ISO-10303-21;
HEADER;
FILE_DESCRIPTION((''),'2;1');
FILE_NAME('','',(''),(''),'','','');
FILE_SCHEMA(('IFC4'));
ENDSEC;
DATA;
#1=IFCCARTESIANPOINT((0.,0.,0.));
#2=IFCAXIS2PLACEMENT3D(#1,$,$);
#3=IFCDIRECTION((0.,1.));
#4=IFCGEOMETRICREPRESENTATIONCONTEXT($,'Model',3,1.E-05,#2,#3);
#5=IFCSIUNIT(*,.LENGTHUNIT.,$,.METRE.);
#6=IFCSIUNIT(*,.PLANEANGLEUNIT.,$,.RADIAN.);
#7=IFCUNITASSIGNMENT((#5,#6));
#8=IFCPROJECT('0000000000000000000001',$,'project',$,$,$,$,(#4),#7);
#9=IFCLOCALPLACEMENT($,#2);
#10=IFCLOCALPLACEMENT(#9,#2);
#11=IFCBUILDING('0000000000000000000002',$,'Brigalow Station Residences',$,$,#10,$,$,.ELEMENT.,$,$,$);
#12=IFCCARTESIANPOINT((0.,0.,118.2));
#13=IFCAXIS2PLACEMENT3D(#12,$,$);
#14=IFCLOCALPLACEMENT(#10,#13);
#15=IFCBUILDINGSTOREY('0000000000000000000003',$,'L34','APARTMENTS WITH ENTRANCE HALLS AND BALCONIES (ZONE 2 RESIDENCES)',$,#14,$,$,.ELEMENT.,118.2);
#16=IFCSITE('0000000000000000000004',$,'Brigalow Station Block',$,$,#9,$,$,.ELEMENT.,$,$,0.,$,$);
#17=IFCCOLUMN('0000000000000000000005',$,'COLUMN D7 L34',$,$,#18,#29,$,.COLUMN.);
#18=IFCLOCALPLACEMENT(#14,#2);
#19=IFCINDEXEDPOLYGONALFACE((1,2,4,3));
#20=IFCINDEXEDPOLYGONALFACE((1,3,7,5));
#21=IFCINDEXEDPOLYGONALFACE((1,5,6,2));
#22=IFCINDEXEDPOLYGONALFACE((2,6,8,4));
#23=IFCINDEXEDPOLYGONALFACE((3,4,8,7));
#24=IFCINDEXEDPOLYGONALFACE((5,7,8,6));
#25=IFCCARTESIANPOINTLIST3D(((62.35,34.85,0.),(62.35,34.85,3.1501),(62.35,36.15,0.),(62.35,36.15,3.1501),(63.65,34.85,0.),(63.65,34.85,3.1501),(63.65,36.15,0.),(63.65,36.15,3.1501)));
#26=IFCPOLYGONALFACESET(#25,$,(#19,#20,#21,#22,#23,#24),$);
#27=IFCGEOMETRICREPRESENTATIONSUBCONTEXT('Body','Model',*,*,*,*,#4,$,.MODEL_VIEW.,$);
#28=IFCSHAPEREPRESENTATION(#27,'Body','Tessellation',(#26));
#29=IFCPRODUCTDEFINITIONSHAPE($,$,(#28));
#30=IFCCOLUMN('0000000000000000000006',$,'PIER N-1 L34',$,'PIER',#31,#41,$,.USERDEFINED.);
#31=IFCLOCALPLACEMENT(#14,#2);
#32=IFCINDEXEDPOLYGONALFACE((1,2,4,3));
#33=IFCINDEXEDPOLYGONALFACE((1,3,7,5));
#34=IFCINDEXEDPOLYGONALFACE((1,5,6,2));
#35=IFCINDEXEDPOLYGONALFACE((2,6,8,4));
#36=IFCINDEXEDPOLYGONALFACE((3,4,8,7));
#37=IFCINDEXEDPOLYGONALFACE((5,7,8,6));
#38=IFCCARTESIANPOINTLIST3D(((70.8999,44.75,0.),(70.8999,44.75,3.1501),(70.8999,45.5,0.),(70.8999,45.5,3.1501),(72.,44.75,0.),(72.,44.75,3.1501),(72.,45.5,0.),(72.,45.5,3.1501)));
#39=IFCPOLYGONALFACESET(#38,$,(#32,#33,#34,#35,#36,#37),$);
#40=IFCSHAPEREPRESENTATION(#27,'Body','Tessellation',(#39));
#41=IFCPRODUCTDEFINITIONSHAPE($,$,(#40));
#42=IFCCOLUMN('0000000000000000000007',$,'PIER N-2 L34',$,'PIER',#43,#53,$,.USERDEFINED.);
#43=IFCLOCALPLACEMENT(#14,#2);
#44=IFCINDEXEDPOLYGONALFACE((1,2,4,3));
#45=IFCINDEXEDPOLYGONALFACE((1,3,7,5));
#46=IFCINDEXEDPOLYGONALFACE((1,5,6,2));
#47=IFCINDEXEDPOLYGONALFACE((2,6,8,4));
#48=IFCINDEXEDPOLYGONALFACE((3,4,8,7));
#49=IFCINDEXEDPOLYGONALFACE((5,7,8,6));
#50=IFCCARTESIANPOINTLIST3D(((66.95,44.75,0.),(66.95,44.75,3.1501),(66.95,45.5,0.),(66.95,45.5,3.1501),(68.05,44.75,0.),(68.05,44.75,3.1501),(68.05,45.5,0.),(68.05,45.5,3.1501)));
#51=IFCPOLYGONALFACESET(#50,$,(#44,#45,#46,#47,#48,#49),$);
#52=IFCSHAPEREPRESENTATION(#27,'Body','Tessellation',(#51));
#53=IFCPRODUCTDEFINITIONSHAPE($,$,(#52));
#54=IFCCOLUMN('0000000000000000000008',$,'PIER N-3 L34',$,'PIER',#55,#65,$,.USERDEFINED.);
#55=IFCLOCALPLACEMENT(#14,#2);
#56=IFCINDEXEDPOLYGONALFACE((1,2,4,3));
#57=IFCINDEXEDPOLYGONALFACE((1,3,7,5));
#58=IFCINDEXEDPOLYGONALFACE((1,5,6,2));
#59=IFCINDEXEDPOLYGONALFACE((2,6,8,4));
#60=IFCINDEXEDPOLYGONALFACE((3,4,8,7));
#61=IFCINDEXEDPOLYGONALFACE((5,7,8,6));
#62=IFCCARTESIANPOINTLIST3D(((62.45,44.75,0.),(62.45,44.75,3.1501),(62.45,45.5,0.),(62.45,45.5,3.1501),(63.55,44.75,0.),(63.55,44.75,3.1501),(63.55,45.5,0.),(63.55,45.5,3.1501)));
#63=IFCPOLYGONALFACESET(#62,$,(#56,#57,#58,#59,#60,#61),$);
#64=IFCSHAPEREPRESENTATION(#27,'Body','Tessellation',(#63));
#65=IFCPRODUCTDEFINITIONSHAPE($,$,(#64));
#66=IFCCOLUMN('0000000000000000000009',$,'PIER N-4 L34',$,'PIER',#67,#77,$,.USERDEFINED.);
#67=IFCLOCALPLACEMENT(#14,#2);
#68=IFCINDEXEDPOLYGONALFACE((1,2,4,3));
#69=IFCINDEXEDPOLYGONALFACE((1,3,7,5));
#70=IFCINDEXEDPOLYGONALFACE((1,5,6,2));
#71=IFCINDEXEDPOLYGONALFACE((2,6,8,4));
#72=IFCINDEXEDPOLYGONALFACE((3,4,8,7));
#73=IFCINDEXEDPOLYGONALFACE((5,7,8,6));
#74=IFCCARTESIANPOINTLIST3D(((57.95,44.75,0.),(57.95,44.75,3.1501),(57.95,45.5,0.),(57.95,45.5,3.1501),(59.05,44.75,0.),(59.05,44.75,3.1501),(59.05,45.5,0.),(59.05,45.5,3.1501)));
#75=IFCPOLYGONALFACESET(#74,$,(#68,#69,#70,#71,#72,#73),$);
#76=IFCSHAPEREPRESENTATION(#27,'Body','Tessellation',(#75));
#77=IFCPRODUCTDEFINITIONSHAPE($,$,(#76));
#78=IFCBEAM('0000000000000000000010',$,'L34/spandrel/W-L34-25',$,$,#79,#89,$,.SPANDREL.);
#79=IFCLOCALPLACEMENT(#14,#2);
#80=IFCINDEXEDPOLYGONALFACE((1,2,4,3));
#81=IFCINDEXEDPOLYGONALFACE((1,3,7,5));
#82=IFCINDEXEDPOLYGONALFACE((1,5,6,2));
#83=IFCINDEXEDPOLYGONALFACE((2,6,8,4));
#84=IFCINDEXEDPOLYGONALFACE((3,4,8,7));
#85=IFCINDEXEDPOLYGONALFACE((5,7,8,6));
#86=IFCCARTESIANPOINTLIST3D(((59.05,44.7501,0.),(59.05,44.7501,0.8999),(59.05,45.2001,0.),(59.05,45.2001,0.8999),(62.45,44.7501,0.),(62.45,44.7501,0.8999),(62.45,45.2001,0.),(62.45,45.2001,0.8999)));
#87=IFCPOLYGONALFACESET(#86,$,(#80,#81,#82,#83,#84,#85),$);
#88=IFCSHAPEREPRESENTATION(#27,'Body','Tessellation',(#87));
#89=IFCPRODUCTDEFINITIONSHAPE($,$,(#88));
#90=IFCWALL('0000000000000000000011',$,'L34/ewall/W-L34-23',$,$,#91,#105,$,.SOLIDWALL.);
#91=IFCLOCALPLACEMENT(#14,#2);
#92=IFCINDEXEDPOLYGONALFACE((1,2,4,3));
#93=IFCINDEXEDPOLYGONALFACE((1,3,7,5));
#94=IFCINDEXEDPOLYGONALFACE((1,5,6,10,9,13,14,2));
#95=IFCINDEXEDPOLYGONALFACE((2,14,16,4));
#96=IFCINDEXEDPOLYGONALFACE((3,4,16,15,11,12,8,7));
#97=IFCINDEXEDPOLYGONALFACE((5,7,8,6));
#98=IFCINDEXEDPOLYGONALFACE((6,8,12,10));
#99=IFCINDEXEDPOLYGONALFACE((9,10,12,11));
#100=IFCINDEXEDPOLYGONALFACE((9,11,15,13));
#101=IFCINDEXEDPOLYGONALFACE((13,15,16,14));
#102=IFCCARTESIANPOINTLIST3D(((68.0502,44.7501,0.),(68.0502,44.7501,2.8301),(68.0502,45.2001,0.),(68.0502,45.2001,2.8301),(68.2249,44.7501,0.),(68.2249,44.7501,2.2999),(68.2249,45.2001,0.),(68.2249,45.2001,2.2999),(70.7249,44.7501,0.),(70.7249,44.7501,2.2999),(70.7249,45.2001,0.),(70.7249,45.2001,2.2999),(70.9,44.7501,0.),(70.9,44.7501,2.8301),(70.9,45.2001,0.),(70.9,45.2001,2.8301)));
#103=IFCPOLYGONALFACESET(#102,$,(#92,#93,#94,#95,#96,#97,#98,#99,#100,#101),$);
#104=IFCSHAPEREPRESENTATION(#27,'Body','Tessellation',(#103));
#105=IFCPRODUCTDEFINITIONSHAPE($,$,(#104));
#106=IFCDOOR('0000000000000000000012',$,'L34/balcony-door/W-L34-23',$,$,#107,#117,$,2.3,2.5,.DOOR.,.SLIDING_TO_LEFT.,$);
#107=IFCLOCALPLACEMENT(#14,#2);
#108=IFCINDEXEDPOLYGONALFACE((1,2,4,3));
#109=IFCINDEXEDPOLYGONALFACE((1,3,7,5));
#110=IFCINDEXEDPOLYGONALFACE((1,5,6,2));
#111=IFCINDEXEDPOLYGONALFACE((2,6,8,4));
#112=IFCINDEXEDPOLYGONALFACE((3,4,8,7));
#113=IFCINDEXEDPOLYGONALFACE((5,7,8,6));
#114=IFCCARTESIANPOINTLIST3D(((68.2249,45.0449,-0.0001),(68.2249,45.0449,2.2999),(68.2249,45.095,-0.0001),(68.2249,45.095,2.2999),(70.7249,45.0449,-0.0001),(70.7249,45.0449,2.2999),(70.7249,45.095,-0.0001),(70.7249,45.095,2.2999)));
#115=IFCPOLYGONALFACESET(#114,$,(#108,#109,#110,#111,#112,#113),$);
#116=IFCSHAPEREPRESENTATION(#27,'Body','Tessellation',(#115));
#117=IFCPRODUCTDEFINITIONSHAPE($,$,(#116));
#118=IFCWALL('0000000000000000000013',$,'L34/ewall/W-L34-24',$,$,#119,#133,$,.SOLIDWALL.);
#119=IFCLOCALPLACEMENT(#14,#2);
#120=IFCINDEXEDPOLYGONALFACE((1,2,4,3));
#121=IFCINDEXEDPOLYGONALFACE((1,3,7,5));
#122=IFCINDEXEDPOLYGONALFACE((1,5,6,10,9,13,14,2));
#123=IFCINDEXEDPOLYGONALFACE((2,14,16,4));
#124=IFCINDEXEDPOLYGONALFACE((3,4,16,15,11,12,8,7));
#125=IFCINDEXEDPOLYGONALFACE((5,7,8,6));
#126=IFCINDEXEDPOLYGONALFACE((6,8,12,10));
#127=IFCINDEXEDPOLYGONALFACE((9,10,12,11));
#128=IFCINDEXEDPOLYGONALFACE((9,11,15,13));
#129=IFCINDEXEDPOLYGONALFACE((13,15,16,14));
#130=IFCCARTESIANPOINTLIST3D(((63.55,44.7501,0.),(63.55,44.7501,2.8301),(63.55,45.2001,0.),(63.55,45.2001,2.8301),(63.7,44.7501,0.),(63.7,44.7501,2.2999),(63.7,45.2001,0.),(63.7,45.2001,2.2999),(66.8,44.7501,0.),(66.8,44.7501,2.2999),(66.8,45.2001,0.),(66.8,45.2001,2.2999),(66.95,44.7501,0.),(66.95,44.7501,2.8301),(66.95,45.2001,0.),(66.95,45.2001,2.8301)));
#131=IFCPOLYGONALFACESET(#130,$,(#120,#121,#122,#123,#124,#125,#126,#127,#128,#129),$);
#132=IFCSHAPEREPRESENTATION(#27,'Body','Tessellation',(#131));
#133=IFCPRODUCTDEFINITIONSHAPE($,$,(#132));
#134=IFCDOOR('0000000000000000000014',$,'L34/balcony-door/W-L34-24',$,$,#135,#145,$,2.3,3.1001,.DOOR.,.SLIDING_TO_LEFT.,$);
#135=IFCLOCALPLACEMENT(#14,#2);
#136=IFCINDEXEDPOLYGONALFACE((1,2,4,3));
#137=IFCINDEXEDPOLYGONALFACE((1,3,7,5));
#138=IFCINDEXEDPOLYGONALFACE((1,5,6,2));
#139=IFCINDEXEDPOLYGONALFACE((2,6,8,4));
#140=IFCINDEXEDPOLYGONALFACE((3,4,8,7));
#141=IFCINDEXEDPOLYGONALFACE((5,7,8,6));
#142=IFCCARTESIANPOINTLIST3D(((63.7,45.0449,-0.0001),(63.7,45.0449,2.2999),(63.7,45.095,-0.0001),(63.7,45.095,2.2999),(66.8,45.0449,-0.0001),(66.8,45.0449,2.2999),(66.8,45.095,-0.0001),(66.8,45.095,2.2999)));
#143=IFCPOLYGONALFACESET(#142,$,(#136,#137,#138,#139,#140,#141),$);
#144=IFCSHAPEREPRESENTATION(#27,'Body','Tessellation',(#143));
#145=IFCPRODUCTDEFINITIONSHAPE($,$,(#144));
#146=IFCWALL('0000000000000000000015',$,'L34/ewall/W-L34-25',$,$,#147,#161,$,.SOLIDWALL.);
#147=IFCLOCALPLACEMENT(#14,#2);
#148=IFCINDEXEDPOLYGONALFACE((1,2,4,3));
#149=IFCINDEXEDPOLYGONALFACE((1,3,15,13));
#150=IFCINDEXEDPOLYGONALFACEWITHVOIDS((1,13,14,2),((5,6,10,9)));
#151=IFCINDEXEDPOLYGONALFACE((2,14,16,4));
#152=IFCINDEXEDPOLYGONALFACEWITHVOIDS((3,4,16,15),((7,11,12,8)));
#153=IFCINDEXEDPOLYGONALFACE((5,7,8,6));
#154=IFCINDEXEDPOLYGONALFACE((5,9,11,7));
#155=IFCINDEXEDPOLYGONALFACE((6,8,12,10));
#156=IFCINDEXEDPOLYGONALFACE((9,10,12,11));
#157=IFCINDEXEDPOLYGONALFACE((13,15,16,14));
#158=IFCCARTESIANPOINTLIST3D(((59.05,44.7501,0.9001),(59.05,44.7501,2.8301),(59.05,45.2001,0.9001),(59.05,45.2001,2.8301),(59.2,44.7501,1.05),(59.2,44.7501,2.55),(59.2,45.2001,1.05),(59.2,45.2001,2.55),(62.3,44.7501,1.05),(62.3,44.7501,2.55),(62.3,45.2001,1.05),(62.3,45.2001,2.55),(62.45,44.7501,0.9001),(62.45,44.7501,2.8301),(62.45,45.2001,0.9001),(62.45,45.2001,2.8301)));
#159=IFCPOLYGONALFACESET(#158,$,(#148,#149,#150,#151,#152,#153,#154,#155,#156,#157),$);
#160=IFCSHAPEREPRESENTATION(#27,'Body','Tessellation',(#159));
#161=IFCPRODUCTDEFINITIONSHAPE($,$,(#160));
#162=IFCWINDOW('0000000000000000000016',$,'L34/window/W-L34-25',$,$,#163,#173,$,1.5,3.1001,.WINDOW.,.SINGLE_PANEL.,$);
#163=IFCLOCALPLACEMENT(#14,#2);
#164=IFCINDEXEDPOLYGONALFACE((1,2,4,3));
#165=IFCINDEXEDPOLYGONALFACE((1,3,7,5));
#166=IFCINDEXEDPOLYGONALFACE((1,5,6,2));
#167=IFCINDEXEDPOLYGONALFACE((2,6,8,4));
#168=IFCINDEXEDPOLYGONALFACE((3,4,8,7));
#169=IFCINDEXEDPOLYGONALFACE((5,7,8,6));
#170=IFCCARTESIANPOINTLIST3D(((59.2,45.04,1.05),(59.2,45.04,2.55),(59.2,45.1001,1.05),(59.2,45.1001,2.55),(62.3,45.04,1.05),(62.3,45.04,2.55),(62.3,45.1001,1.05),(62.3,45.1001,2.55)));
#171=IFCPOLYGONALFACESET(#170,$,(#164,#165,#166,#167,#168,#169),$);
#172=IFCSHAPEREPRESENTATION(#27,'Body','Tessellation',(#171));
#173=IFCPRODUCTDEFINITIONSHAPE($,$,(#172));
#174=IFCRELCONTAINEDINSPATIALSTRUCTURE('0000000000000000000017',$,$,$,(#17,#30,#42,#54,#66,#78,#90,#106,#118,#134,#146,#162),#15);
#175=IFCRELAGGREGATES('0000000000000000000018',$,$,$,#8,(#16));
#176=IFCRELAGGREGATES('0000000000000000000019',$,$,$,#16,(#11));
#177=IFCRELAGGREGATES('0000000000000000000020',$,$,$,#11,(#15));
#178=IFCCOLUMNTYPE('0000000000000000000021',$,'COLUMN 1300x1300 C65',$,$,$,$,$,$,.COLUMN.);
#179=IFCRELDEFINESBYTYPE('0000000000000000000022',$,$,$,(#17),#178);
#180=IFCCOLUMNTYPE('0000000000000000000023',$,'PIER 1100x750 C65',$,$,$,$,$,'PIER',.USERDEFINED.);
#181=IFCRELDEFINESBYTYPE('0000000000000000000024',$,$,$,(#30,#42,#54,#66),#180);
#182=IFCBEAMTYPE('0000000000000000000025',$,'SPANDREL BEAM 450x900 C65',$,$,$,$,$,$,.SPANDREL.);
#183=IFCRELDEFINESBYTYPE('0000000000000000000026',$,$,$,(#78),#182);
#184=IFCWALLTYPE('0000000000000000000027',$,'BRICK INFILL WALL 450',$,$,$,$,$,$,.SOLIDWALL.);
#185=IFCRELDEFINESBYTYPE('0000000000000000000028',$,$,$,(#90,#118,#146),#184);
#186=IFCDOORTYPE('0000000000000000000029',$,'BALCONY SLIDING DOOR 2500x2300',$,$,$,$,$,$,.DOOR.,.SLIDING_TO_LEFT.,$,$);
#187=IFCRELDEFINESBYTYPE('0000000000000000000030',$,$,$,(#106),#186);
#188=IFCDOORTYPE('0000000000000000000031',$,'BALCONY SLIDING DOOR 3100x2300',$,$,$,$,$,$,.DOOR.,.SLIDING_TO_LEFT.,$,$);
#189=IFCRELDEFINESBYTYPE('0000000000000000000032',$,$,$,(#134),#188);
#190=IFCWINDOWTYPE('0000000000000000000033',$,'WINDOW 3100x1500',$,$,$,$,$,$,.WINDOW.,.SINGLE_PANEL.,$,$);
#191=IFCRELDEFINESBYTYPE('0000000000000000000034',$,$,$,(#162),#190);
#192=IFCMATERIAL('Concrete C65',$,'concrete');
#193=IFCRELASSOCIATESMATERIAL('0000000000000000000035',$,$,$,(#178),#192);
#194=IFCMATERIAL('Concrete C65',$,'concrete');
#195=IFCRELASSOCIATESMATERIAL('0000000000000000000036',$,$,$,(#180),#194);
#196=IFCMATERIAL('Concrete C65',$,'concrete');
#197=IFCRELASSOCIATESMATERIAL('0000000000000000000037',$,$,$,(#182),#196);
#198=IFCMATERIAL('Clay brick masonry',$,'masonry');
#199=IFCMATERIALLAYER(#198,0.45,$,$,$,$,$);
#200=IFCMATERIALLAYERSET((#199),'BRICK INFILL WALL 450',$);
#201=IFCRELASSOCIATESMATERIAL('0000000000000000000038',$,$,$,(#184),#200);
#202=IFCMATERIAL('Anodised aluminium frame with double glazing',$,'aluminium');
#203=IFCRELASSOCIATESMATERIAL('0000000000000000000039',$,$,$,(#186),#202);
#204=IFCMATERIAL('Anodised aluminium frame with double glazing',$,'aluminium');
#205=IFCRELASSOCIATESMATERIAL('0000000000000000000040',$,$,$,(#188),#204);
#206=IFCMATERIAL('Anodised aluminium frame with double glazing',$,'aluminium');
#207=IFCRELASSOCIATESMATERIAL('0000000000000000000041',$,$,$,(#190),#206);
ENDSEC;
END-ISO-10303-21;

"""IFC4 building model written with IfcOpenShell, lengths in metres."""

from ifc_helpers import new_model, si_unit, direction, frame, frame_2d, origin, origin_2d, place, context, subcontext, project, spatial, rectangle, extrude, material, layer, layer_set, material_profile, profile_set, type_object, element, fill, save


model = new_model("IFC4")

# Units and contexts
model_context = context("Model", 3, precision=1e-05, world=origin(), true_north=direction((0.0, 1.0)))
body_context = subcontext(model_context, "Body", "Model", "MODEL_VIEW")
ifc_project = project(units=[si_unit("LENGTHUNIT", "METRE"), si_unit("PLANEANGLEUNIT", "RADIAN")], contexts=[model_context])

# Site, building, storey
site_placement = place(None, origin())
site = spatial("IfcSite", under=ifc_project, at=site_placement, Name="Brigalow Station Block", CompositionType="ELEMENT", RefElevation=0.0)
building_placement = place(site_placement, origin())
building = spatial("IfcBuilding", under=site, at=building_placement, Name="Brigalow Station Residences", CompositionType="ELEMENT")
storey_placement = place(building_placement, frame((0.0, 0.0, 118.2)))
storey = spatial("IfcBuildingStorey", under=building, at=storey_placement, Name="L34", Description="APARTMENTS WITH ENTRANCE HALLS AND BALCONIES (ZONE 2 RESIDENCES)", CompositionType="ELEMENT", Elevation=118.2)

# Columns
ifc_material_1 = material(Name="Concrete C65", Category="concrete")
ifc_material_profile_1 = material_profile(ifc_material_1, rectangle(XDim=1.3, YDim=1.3, at=origin_2d()), Name="RC1300x1300")
ifc_profile_set_1 = profile_set([ifc_material_profile_1], Name="Concrete C65")
column_type_1 = type_object("IfcColumnType", Name="COLUMN 1300x1300 C65", PredefinedType="COLUMN", material=ifc_profile_set_1)
column_placement = place(storey_placement, frame((63.0, 35.5, 0.0), z_axis=(0.0, 0.0, 1.0), x_axis=(1.0, 0.0, 0.0)))
element("IfcColumn", 1, at=column_placement, inside=storey, type_object=column_type_1, Name="COLUMN D7 L34", PredefinedType="COLUMN", context=body_context, shape_type="SweptSolid", body=[
    extrude(rectangle(XDim=1.3, YDim=1.3, at=origin_2d()), origin(), (0.0, 0.0, 1.0), 3.1501),
])
ifc_material_2 = material(Name="Concrete C65", Category="concrete")
ifc_material_profile_2 = material_profile(ifc_material_2, rectangle(XDim=1.1001, YDim=0.75, at=origin_2d()), Name="RC1100x750")
ifc_profile_set_2 = profile_set([ifc_material_profile_2], Name="Concrete C65")
column_type_2 = type_object("IfcColumnType", Name="PIER 1100x750 C65", ElementType="PIER", PredefinedType="USERDEFINED", material=ifc_profile_set_2)
for number, where, z_axis, x_axis, name in (
    (2, (71.45, 45.125, 0.0), (0.0, 0.0, 1.0), (-1.0, 0.0, 0.0), "PIER N-1 L34"),
    (3, (67.5, 45.125, 0.0), (0.0, 0.0, 1.0), (-1.0, 0.0, 0.0), "PIER N-2 L34"),
    (4, (63.0, 45.125, 0.0), (0.0, 0.0, 1.0), (-1.0, 0.0, 0.0), "PIER N-3 L34"),
    (5, (58.5, 45.125, 0.0), (0.0, 0.0, 1.0), (-1.0, 0.0, 0.0), "PIER N-4 L34"),
):
    element("IfcColumn", number, at=place(storey_placement, frame(where, z_axis=z_axis, x_axis=x_axis)), inside=storey, type_object=column_type_2, Name=name, ObjectType="PIER", PredefinedType="USERDEFINED", context=body_context, shape_type="SweptSolid", body=[
        extrude(rectangle(XDim=1.1001, YDim=0.75, at=origin_2d()), origin(), (0.0, 0.0, 1.0), 3.1501),
    ])

# Beam
ifc_material_3 = material(Name="Concrete C65", Category="concrete")
ifc_material_profile_3 = material_profile(ifc_material_3, rectangle(XDim=0.45, YDim=0.8999, at=origin_2d()), Name="RC450x900")
ifc_profile_set_3 = profile_set([ifc_material_profile_3], Name="Concrete C65")
beam_type = type_object("IfcBeamType", Name="SPANDREL BEAM 450x900 C65", PredefinedType="SPANDREL", material=ifc_profile_set_3)
beam_placement = place(storey_placement, frame((62.45, 44.9751, 0.45), z_axis=(-1.0, 0.0, 0.0), x_axis=(0.0, -1.0, 0.0)))
element("IfcBeam", 6, at=beam_placement, inside=storey, type_object=beam_type, Name="L34/spandrel/W-L34-25", PredefinedType="SPANDREL", context=body_context, shape_type="SweptSolid", body=[
    extrude(rectangle(XDim=0.45, YDim=0.8999, at=origin_2d()), origin(), (0.0, 0.0, 1.0), 3.3999),
])

# Walls, openings, doors
ifc_material_4 = material(Name="Clay brick masonry", Category="masonry")
ifc_layer_1 = layer(ifc_material_4, 0.45)
ifc_layer_set_1 = layer_set([ifc_layer_1], Name="BRICK INFILL WALL 450")
wall_type_1 = type_object("IfcWallType", Name="BRICK INFILL WALL 450", PredefinedType="SOLIDWALL", material=ifc_layer_set_1)
wall_1_placement = place(storey_placement, frame((70.8999, 44.9751, 0.0), z_axis=(0.0, 0.0, 1.0), x_axis=(-1.0, 0.0, 0.0)))
wall_1 = element("IfcWall", 7, at=wall_1_placement, inside=storey, type_object=wall_type_1, Name="L34/ewall/W-L34-23", PredefinedType="SOLIDWALL", context=body_context, shape_type="SweptSolid", body=[
    extrude(rectangle(XDim=2.8499, YDim=0.45, at=frame_2d((1.4248, 0.0))), origin(), (0.0, 0.0, 1.0), 2.8301),
])
opening_1_placement = place(wall_1_placement, frame((0.175, 0.0, 0.0)))
opening_1 = element("IfcOpeningElement", 8, at=opening_1_placement, cuts=wall_1, PredefinedType="OPENING", context=body_context, shape_type="SweptSolid", body=[
    extrude(rectangle(XDim=2.5, YDim=2.3, at=frame_2d((1.25, 1.1499))), frame((0.0, 0.2349, 0.0), z_axis=(0.0, -1.0, 0.0), x_axis=(1.0, 0.0, 0.0)), (0.0, 0.0, 1.0), 0.47),
])
ifc_material_5 = material(Name="Anodised aluminium frame with double glazing", Category="aluminium")
door_type_1 = type_object("IfcDoorType", Name="BALCONY SLIDING DOOR 2500x2300", OperationType="SLIDING_TO_LEFT", PredefinedType="DOOR", material=ifc_material_5)
door_1_placement = place(opening_1_placement, origin())
door_1 = element("IfcDoor", 9, at=door_1_placement, inside=storey, type_object=door_type_1, Name="L34/balcony-door/W-L34-23", OperationType="SLIDING_TO_LEFT", OverallHeight=2.3, OverallWidth=2.5, PredefinedType="DOOR", context=body_context, shape_type="SweptSolid", body=[
    extrude(rectangle(XDim=2.5, YDim=2.3, at=frame_2d((1.25, 1.1499))), frame((0.0, -0.0698, 0.0), z_axis=(0.0, -1.0, 0.0), x_axis=(1.0, 0.0, 0.0)), (0.0, 0.0, 1.0), 0.05),
])
fill(opening_1, door_1)
wall_2_placement = place(storey_placement, frame((66.95, 44.9751, 0.0), z_axis=(0.0, 0.0, 1.0), x_axis=(-1.0, 0.0, 0.0)))
wall_2 = element("IfcWall", 10, at=wall_2_placement, inside=storey, type_object=wall_type_1, Name="L34/ewall/W-L34-24", PredefinedType="SOLIDWALL", context=body_context, shape_type="SweptSolid", body=[
    extrude(rectangle(XDim=3.3999, YDim=0.45, at=frame_2d((1.7, 0.0))), origin(), (0.0, 0.0, 1.0), 2.8301),
])
opening_2_placement = place(wall_2_placement, frame((0.1499, 0.0, 0.0)))
opening_2 = element("IfcOpeningElement", 11, at=opening_2_placement, cuts=wall_2, PredefinedType="OPENING", context=body_context, shape_type="SweptSolid", body=[
    extrude(rectangle(XDim=3.1001, YDim=2.3, at=frame_2d((1.55, 1.1499))), frame((0.0, 0.2349, 0.0), z_axis=(0.0, -1.0, 0.0), x_axis=(1.0, 0.0, 0.0)), (0.0, 0.0, 1.0), 0.47),
])
ifc_material_6 = material(Name="Anodised aluminium frame with double glazing", Category="aluminium")
door_type_2 = type_object("IfcDoorType", Name="BALCONY SLIDING DOOR 3100x2300", OperationType="SLIDING_TO_LEFT", PredefinedType="DOOR", material=ifc_material_6)
door_2_placement = place(opening_2_placement, origin())
door_2 = element("IfcDoor", 12, at=door_2_placement, inside=storey, type_object=door_type_2, Name="L34/balcony-door/W-L34-24", OperationType="SLIDING_TO_LEFT", OverallHeight=2.3, OverallWidth=3.1001, PredefinedType="DOOR", context=body_context, shape_type="SweptSolid", body=[
    extrude(rectangle(XDim=3.1001, YDim=2.3, at=frame_2d((1.55, 1.1499))), frame((0.0, -0.0698, 0.0), z_axis=(0.0, -1.0, 0.0), x_axis=(1.0, 0.0, 0.0)), (0.0, 0.0, 1.0), 0.05),
])
fill(opening_2, door_2)

# Wall, opening, window
wall_3_placement = place(storey_placement, frame((62.45, 44.9751, 0.9001), z_axis=(0.0, 0.0, 1.0), x_axis=(-1.0, 0.0, 0.0)))
wall_3 = element("IfcWall", 13, at=wall_3_placement, inside=storey, type_object=wall_type_1, Name="L34/ewall/W-L34-25", PredefinedType="SOLIDWALL", context=body_context, shape_type="SweptSolid", body=[
    extrude(rectangle(XDim=3.3999, YDim=0.45, at=frame_2d((1.7, 0.0))), origin(), (0.0, 0.0, 1.0), 1.9299),
])
opening_3_placement = place(wall_3_placement, frame((0.1499, 0.0, 0.1499)))
opening_3 = element("IfcOpeningElement", 14, at=opening_3_placement, cuts=wall_3, PredefinedType="OPENING", context=body_context, shape_type="SweptSolid", body=[
    extrude(rectangle(XDim=3.1001, YDim=1.5, at=frame_2d((1.55, 0.75))), frame((0.0, 0.2349, 0.0), z_axis=(0.0, -1.0, 0.0), x_axis=(1.0, 0.0, 0.0)), (0.0, 0.0, 1.0), 0.47),
])
ifc_material_7 = material(Name="Anodised aluminium frame with double glazing", Category="aluminium")
window_type = type_object("IfcWindowType", Name="WINDOW 3100x1500", PartitioningType="SINGLE_PANEL", PredefinedType="WINDOW", material=ifc_material_7)
window_placement = place(opening_3_placement, origin())
window = element("IfcWindow", 15, at=window_placement, inside=storey, type_object=window_type, Name="L34/window/W-L34-25", OverallHeight=1.5, OverallWidth=3.1001, PartitioningType="SINGLE_PANEL", PredefinedType="WINDOW", context=body_context, shape_type="SweptSolid", body=[
    extrude(rectangle(XDim=3.1001, YDim=1.5, at=frame_2d((1.55, 0.75))), frame((0.0, -0.0649, 0.0), z_axis=(0.0, -1.0, 0.0), x_axis=(1.0, 0.0, 0.0)), (0.0, 0.0, 1.0), 0.0601),
])
fill(opening_3, window)

save(model, "model.ifc")
